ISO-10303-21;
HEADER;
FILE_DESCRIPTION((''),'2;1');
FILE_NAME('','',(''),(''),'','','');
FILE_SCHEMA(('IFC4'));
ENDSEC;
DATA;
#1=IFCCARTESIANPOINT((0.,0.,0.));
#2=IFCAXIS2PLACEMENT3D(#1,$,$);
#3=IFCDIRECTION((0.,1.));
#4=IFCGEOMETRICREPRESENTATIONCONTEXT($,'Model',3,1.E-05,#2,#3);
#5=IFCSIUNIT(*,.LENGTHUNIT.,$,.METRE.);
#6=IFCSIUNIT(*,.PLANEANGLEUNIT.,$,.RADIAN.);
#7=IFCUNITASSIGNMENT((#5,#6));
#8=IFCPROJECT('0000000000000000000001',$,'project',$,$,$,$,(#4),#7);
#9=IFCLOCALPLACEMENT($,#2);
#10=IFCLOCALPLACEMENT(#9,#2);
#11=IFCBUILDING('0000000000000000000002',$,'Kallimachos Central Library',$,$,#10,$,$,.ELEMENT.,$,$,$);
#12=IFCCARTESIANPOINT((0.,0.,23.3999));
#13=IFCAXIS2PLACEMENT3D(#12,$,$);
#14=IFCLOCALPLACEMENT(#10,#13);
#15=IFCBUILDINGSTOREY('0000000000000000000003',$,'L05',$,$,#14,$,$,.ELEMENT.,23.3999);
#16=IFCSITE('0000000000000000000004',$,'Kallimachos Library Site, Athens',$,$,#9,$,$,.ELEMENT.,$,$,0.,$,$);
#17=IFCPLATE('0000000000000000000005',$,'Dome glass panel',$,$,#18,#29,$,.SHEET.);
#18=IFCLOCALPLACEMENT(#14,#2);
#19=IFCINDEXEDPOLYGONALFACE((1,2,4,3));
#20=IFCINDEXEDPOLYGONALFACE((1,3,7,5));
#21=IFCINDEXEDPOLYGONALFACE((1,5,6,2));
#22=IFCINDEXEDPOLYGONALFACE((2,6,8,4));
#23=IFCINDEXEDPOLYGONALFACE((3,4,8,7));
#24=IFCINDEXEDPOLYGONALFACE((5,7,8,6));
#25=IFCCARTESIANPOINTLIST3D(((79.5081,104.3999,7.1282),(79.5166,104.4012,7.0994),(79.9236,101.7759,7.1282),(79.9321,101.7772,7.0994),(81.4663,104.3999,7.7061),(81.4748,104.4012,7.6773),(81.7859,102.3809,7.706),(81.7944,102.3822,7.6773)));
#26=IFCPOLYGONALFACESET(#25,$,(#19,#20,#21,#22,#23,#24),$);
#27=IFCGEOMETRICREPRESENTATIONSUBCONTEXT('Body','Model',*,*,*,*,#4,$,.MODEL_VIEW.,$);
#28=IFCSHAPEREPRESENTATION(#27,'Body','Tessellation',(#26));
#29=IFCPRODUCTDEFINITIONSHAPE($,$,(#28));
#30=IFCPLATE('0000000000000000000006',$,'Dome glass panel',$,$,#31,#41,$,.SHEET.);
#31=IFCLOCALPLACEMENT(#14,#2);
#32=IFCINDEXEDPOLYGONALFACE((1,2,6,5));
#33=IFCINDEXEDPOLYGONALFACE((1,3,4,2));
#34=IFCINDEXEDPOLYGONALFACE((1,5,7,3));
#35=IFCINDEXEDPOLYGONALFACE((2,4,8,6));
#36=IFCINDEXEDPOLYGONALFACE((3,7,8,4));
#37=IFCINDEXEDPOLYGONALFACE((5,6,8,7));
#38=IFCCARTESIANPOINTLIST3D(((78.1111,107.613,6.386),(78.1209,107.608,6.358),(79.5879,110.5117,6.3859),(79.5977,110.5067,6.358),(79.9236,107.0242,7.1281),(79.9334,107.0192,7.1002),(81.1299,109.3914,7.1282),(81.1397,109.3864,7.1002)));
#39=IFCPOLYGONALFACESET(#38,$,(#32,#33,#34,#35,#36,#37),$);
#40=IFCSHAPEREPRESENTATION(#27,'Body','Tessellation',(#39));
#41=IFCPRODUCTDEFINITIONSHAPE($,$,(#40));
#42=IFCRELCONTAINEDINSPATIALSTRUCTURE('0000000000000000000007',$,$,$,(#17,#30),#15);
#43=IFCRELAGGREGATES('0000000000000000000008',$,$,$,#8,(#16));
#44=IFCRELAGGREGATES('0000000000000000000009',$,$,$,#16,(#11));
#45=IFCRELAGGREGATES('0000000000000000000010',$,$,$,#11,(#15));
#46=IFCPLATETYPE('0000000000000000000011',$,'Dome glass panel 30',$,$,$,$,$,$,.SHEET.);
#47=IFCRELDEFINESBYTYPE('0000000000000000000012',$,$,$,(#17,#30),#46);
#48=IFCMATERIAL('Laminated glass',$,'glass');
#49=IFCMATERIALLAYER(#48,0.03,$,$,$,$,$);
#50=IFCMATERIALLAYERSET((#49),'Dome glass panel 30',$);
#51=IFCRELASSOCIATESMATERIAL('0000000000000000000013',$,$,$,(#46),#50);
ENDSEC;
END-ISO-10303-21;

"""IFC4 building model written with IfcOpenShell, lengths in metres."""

from ifc_helpers import new_model, si_unit, direction, frame, origin, place, context, subcontext, project, spatial, polyline, outline, extrude, material, layer, layer_set, type_object, element, save


model = new_model("IFC4")

# Units and contexts
model_context = context("Model", 3, precision=1e-05, world=origin(), true_north=direction((0.0, 1.0)))
body_context = subcontext(model_context, "Body", "Model", "MODEL_VIEW")
ifc_project = project(units=[si_unit("LENGTHUNIT", "METRE"), si_unit("PLANEANGLEUNIT", "RADIAN")], contexts=[model_context])

# Site, building, storey
site_placement = place(None, origin())
site = spatial("IfcSite", under=ifc_project, at=site_placement, Name="Kallimachos Library Site, Athens", CompositionType="ELEMENT", RefElevation=0.0)
building_placement = place(site_placement, origin())
building = spatial("IfcBuilding", under=site, at=building_placement, Name="Kallimachos Central Library", CompositionType="ELEMENT")
storey_placement = place(building_placement, frame((0.0, 0.0, 23.3999)))
storey = spatial("IfcBuildingStorey", under=building, at=storey_placement, Name="L05", CompositionType="ELEMENT", Elevation=23.3999)

# Plates
ifc_material_1 = material(Name="Laminated glass", Category="glass")
ifc_layer = layer(ifc_material_1, 0.03)
ifc_layer_set = layer_set([ifc_layer], Name="Dome glass panel 30")
plate_type = type_object("IfcPlateType", Name="Dome glass panel 30", PredefinedType="SHEET", material=ifc_layer_set)
plate_1_placement = place(storey_placement, frame((81.4663, 104.3999, 7.7061), z_axis=(-0.282761, -0.044768, 0.958145), x_axis=(-0.959107, 0.000001, -0.283045)))
element("IfcPlate", 1, at=plate_1_placement, inside=storey, type_object=plate_type, Name="Dome glass panel", PredefinedType="SHEET", context=body_context, shape_type="SweptSolid", body=[
    extrude(outline(polyline([(0.0, 0.0), (2.0417, 0.0), (1.6432, 2.6267), (-0.3065, 2.0211), (0.0, 0.0)])), origin(), (0.0, 0.0, -1.0), 0.03),
])
plate_2_placement = place(storey_placement, frame((81.1299, 109.3914, 7.1282), z_axis=(-0.326814, 0.166521, 0.930303), x_axis=(-0.753863, 0.547734, -0.362874)))
element("IfcPlate", 2, at=plate_2_placement, inside=storey, type_object=plate_type, Name="Dome glass panel", PredefinedType="SHEET", context=body_context, shape_type="SweptSolid", body=[
    extrude(outline(polyline([(0.0, 0.0), (2.0454, 0.0), (1.571, 3.2184), (-0.3872, 2.6285), (0.0, 0.0)])), origin(), (0.0, 0.0, -1.0), 0.03),
])

save(model, "model.ifc")
